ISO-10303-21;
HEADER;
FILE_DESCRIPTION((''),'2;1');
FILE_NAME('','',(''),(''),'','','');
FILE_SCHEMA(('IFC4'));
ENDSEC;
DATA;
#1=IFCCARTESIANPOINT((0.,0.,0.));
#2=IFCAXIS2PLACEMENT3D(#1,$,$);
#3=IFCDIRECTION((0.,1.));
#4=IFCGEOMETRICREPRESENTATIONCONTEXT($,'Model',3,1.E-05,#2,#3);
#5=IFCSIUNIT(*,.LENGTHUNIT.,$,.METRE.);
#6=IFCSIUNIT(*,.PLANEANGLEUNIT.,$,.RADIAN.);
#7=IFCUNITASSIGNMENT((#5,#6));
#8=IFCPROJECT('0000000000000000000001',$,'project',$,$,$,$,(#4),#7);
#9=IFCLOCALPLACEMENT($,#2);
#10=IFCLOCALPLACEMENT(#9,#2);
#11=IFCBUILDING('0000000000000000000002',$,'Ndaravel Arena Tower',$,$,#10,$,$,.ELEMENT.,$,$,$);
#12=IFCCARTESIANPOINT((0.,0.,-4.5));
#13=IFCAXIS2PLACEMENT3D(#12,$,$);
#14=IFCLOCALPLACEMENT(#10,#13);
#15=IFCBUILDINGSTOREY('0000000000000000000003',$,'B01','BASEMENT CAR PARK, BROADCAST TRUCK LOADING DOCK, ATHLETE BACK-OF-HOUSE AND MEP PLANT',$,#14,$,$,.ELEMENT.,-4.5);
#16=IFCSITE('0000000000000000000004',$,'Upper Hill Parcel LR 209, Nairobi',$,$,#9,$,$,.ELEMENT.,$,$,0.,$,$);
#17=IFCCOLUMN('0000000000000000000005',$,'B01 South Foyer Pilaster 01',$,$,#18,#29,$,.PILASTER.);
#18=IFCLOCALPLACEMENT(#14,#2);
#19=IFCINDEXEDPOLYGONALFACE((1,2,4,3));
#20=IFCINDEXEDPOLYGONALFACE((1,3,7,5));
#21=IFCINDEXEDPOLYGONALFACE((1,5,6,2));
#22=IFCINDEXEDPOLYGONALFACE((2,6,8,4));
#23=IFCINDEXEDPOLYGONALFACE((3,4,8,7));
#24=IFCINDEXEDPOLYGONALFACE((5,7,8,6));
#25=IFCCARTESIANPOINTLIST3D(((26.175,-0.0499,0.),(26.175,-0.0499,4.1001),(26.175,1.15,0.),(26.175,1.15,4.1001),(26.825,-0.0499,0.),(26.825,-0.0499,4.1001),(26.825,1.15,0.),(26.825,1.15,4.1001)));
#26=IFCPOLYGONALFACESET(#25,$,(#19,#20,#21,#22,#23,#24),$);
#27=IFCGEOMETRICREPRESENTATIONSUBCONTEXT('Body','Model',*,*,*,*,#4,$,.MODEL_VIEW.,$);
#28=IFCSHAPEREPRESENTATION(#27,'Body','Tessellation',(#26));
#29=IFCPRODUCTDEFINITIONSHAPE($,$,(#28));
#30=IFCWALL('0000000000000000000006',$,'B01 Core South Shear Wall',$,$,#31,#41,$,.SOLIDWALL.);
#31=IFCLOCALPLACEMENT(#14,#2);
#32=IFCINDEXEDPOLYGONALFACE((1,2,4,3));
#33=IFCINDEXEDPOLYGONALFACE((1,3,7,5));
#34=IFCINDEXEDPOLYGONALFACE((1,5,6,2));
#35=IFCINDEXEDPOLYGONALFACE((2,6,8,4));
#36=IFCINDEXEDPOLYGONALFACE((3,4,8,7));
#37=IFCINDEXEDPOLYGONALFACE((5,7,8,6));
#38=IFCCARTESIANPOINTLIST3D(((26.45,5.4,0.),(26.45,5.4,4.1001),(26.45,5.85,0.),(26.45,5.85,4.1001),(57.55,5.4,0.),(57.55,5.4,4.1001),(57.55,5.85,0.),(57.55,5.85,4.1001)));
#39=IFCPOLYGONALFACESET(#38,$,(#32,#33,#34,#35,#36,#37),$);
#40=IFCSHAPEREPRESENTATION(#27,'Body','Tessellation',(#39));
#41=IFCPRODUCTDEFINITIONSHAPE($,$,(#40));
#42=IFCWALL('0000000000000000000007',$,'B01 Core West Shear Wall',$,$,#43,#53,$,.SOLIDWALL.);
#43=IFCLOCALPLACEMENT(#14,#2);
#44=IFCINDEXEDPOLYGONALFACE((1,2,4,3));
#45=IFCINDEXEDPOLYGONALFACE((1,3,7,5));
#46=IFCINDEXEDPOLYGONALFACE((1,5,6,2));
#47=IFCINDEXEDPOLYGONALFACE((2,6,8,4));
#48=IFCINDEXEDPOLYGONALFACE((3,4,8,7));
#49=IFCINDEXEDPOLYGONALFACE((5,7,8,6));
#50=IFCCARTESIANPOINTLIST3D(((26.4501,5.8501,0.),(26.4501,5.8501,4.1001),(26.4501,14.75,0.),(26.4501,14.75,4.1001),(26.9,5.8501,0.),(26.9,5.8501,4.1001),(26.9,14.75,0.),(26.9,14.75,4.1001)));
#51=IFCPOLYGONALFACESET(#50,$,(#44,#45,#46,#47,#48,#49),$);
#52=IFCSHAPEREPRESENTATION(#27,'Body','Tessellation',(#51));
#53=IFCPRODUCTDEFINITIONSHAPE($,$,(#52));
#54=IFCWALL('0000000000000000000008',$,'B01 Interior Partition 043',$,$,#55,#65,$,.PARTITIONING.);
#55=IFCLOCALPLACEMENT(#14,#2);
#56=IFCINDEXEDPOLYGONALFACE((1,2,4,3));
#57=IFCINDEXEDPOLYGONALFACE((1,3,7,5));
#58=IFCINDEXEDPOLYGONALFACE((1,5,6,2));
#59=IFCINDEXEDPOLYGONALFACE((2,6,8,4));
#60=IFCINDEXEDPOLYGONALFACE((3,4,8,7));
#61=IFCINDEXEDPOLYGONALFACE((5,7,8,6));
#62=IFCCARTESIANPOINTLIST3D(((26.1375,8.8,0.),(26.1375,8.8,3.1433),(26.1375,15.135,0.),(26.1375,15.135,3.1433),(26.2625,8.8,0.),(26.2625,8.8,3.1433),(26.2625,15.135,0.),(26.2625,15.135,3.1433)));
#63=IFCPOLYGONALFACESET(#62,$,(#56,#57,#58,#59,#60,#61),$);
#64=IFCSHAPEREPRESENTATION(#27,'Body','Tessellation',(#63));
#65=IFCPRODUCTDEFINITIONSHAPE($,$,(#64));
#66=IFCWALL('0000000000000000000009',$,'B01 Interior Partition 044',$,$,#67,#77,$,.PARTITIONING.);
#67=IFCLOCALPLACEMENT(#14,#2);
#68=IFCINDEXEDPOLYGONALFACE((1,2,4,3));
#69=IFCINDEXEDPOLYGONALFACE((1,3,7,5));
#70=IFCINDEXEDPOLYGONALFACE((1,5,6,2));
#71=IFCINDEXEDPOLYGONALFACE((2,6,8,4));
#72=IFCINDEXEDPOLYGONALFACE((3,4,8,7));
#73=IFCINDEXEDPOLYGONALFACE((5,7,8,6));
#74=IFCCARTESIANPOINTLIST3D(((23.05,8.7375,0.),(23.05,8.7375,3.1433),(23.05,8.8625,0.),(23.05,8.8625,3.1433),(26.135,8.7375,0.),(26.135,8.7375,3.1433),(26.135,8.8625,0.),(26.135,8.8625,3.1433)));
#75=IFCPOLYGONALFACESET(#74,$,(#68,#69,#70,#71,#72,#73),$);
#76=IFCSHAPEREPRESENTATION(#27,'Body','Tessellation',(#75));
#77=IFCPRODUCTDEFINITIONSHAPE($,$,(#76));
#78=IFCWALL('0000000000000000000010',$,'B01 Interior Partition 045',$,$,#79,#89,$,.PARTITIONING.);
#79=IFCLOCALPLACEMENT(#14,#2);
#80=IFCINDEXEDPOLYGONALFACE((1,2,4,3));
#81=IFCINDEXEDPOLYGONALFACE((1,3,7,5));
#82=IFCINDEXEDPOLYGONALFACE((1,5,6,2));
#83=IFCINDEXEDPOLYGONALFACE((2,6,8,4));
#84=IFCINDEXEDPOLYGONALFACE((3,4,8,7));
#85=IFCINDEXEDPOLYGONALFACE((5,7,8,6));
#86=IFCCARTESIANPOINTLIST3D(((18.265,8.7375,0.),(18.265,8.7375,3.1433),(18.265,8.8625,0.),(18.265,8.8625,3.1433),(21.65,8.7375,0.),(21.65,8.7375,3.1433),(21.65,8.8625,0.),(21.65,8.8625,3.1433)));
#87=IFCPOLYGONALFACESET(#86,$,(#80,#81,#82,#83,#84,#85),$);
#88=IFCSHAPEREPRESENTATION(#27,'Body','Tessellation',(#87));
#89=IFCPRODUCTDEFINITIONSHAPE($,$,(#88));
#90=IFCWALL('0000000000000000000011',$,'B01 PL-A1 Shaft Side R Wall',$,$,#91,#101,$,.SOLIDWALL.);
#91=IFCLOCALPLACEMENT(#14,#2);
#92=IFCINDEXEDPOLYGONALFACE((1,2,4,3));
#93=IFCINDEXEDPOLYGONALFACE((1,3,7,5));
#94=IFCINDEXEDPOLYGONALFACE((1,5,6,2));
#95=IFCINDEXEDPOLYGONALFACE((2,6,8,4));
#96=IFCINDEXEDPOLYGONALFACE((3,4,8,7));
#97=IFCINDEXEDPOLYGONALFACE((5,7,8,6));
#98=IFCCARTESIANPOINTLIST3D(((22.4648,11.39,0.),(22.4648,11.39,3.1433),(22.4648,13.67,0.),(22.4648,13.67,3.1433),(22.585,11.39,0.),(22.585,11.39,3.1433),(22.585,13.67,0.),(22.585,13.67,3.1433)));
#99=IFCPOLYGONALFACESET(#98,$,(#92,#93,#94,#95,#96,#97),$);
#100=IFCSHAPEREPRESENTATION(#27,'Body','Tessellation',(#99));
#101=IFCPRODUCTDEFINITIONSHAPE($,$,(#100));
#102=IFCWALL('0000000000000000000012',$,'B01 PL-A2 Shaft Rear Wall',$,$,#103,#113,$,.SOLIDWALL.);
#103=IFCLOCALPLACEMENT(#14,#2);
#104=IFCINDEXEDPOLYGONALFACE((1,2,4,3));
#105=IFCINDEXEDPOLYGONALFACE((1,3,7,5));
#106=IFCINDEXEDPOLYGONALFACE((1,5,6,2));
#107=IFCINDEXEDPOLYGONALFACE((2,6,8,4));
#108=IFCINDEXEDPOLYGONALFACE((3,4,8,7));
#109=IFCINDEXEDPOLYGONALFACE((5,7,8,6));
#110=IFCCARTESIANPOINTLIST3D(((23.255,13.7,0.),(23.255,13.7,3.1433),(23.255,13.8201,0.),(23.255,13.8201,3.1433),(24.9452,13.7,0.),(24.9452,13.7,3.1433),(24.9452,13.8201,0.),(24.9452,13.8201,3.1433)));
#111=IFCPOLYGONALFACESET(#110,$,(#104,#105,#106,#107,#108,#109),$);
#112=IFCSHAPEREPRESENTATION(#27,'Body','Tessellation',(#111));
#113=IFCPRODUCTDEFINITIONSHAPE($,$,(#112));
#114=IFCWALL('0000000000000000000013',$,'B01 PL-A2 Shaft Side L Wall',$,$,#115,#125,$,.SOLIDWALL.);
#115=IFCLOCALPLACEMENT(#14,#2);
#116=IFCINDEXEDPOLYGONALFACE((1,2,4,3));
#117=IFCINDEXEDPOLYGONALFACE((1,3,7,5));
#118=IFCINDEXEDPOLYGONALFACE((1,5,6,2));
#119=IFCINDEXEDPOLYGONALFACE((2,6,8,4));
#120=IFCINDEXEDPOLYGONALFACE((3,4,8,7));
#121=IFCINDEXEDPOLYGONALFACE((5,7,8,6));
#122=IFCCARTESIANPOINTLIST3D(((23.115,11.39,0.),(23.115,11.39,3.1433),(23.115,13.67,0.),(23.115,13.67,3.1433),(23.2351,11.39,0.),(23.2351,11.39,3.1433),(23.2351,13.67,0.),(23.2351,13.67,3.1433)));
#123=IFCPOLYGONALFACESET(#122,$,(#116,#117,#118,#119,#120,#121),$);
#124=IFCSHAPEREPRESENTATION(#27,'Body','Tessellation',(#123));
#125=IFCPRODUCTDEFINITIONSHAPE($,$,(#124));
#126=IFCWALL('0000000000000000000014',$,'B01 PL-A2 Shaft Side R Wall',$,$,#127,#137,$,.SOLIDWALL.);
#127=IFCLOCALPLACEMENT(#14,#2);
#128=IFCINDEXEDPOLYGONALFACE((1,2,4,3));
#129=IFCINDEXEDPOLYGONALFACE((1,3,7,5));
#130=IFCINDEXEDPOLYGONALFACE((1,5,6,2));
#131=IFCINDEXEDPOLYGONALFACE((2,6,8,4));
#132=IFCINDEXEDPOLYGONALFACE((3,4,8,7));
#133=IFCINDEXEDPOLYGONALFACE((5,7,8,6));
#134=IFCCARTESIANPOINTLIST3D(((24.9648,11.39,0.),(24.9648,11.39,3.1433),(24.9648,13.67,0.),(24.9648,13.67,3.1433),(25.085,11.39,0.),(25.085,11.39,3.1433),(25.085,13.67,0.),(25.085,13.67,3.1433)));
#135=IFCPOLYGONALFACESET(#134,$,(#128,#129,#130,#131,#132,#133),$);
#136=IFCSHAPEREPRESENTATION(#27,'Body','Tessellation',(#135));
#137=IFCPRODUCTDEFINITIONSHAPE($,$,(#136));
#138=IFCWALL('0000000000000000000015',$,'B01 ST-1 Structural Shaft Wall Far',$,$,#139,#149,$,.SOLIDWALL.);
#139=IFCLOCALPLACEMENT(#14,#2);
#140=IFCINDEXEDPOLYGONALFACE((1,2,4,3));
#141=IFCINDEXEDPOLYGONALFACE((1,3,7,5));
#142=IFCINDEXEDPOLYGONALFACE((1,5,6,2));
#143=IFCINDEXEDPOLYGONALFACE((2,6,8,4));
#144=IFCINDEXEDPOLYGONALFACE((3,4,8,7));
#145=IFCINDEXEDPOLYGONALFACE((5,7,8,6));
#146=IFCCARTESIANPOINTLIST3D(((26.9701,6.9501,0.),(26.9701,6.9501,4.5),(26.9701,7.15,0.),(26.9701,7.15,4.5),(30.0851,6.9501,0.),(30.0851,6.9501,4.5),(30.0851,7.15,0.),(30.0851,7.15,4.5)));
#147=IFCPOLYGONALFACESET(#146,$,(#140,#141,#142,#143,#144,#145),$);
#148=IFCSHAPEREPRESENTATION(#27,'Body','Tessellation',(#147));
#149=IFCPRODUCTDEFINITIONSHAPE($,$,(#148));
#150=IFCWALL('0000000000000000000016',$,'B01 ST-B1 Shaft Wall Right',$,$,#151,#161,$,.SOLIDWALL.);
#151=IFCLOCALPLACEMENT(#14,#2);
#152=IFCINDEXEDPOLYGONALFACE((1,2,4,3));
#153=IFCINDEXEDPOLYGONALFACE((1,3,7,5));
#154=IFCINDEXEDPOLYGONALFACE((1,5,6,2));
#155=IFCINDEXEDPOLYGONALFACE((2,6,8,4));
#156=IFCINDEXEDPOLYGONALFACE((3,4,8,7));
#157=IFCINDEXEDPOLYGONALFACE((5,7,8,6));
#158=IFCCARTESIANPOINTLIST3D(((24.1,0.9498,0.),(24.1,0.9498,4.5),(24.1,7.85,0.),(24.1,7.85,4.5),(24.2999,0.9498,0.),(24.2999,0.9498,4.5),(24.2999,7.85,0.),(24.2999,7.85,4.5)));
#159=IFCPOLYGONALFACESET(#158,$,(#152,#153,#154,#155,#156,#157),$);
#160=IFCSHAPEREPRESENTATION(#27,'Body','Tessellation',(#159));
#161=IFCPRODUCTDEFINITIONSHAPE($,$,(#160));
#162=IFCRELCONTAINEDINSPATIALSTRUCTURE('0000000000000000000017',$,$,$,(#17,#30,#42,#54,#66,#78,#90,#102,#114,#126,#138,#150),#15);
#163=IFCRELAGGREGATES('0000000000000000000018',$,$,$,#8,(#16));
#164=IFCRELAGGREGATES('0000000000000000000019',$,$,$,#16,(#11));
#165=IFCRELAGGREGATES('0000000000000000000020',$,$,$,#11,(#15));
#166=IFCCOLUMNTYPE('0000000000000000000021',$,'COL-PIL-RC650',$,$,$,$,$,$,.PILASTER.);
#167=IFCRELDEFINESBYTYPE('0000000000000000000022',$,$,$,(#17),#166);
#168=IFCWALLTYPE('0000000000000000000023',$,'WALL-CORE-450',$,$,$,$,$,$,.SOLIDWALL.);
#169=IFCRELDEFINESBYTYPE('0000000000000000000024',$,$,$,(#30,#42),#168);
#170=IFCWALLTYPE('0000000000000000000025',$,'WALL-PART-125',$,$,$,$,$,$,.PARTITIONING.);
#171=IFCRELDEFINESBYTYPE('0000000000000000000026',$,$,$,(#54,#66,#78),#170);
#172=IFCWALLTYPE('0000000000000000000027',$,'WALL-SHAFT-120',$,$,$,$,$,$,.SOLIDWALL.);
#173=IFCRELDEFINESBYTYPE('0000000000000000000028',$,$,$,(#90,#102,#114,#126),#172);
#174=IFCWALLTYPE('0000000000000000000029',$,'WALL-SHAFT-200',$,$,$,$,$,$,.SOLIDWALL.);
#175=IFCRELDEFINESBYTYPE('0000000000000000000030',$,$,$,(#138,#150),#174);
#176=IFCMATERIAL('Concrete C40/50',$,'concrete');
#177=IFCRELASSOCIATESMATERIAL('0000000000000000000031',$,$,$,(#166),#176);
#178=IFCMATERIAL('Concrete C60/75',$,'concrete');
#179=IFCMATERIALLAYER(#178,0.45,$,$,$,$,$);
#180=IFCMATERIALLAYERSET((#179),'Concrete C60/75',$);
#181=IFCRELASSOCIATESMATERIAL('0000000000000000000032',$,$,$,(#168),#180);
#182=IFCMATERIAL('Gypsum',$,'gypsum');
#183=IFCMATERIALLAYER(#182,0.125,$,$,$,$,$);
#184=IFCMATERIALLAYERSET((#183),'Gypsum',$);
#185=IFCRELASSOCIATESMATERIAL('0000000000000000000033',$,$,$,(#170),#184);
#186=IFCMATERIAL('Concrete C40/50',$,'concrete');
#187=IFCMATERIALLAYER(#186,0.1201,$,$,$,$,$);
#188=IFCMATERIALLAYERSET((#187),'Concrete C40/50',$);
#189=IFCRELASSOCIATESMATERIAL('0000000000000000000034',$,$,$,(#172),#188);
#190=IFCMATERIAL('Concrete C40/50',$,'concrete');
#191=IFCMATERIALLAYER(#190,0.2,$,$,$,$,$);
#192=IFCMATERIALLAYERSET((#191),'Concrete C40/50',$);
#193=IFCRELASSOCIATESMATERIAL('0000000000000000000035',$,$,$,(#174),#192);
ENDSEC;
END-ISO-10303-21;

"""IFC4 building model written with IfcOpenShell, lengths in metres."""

from ifc_helpers import new_model, si_unit, direction, frame, frame_2d, origin, origin_2d, place, context, subcontext, project, spatial, rectangle, extrude, material, layer, layer_set, material_profile, profile_set, type_object, element, save


model = new_model("IFC4")

# Units and contexts
model_context = context("Model", 3, precision=1e-05, world=origin(), true_north=direction((0.0, 1.0)))
body_context = subcontext(model_context, "Body", "Model", "MODEL_VIEW")
ifc_project = project(units=[si_unit("LENGTHUNIT", "METRE"), si_unit("PLANEANGLEUNIT", "RADIAN")], contexts=[model_context])

# Site, building, storey
site_placement = place(None, origin())
site = spatial("IfcSite", under=ifc_project, at=site_placement, Name="Upper Hill Parcel LR 209, Nairobi", CompositionType="ELEMENT", RefElevation=0.0)
building_placement = place(site_placement, origin())
building = spatial("IfcBuilding", under=site, at=building_placement, Name="Ndaravel Arena Tower", CompositionType="ELEMENT")
storey_placement = place(building_placement, frame((0.0, 0.0, -4.5)))
storey = spatial("IfcBuildingStorey", under=building, at=storey_placement, Name="B01", Description="BASEMENT CAR PARK, BROADCAST TRUCK LOADING DOCK, ATHLETE BACK-OF-HOUSE AND MEP PLANT", CompositionType="ELEMENT", Elevation=-4.5)

# Column
ifc_material_1 = material(Name="Concrete C40/50", Category="concrete")
ifc_material_profile = material_profile(ifc_material_1, rectangle(XDim=0.6499, YDim=1.2, at=origin_2d()), Name="RC 650x1200")
ifc_profile_set = profile_set([ifc_material_profile], Name="Concrete C40/50")
column_type = type_object("IfcColumnType", Name="COL-PIL-RC650", PredefinedType="PILASTER", material=ifc_profile_set)
column_placement = place(storey_placement, frame((26.5, 0.55, 0.0), z_axis=(0.0, 0.0, 1.0), x_axis=(1.0, 0.0, 0.0)))
element("IfcColumn", 1, at=column_placement, inside=storey, type_object=column_type, Name="B01 South Foyer Pilaster 01", PredefinedType="PILASTER", context=body_context, shape_type="SweptSolid", body=[
    extrude(rectangle(XDim=0.6499, YDim=1.2, at=origin_2d()), origin(), (0.0, 0.0, 1.0), 4.1001),
])

# Shared definitions
ifc_material_2 = material(Name="Concrete C60/75", Category="concrete")
ifc_layer_1 = layer(ifc_material_2, 0.45)
ifc_layer_set_1 = layer_set([ifc_layer_1], Name="Concrete C60/75")
wall_type_1 = type_object("IfcWallType", Name="WALL-CORE-450", PredefinedType="SOLIDWALL", material=ifc_layer_set_1)

# Walls
wall_1_placement = place(storey_placement, frame((26.45, 5.625, 0.0), z_axis=(0.0, 0.0, 1.0), x_axis=(1.0, 0.0, 0.0)))
element("IfcWall", 2, at=wall_1_placement, inside=storey, type_object=wall_type_1, Name="B01 Core South Shear Wall", PredefinedType="SOLIDWALL", context=body_context, shape_type="SweptSolid", body=[
    extrude(rectangle(XDim=31.1001, YDim=0.45, at=frame_2d((15.55, 0.0))), origin(), (0.0, 0.0, 1.0), 4.1001),
])
wall_2_placement = place(storey_placement, frame((26.675, 5.8501, 0.0), z_axis=(0.0, 0.0, 1.0), x_axis=(0.0, 1.0, 0.0)))
element("IfcWall", 3, at=wall_2_placement, inside=storey, type_object=wall_type_1, Name="B01 Core West Shear Wall", PredefinedType="SOLIDWALL", context=body_context, shape_type="SweptSolid", body=[
    extrude(rectangle(XDim=8.8999, YDim=0.45, at=frame_2d((4.45, 0.0))), origin(), (0.0, 0.0, 1.0), 4.1001),
])
ifc_material_3 = material(Name="Gypsum", Category="gypsum")
ifc_layer_2 = layer(ifc_material_3, 0.125)
ifc_layer_set_2 = layer_set([ifc_layer_2], Name="Gypsum")
wall_type_2 = type_object("IfcWallType", Name="WALL-PART-125", PredefinedType="PARTITIONING", material=ifc_layer_set_2)
wall_3_placement = place(storey_placement, frame((26.2, 15.135, 0.0), z_axis=(0.0, 0.0, 1.0), x_axis=(0.0, -1.0, 0.0)))
element("IfcWall", 4, at=wall_3_placement, inside=storey, type_object=wall_type_2, Name="B01 Interior Partition 043", PredefinedType="PARTITIONING", context=body_context, shape_type="SweptSolid", body=[
    extrude(rectangle(XDim=6.335, YDim=0.125, at=frame_2d((3.1675, 0.0))), origin(), (0.0, 0.0, 1.0), 3.1433),
])
wall_4_placement = place(storey_placement, frame((26.135, 8.8, 0.0), z_axis=(0.0, 0.0, 1.0), x_axis=(-1.0, 0.0, 0.0)))
element("IfcWall", 5, at=wall_4_placement, inside=storey, type_object=wall_type_2, Name="B01 Interior Partition 044", PredefinedType="PARTITIONING", context=body_context, shape_type="SweptSolid", body=[
    extrude(rectangle(XDim=3.085, YDim=0.125, at=frame_2d((1.5425, 0.0))), origin(), (0.0, 0.0, 1.0), 3.1433),
])
wall_5_placement = place(storey_placement, frame((21.6499, 8.8, 0.0), z_axis=(0.0, 0.0, 1.0), x_axis=(-1.0, 0.0, 0.0)))
element("IfcWall", 6, at=wall_5_placement, inside=storey, type_object=wall_type_2, Name="B01 Interior Partition 045", PredefinedType="PARTITIONING", context=body_context, shape_type="SweptSolid", body=[
    extrude(rectangle(XDim=3.385, YDim=0.125, at=frame_2d((1.6924, 0.0))), origin(), (0.0, 0.0, 1.0), 3.1433),
])
ifc_material_4 = material(Name="Concrete C40/50", Category="concrete")
ifc_layer_3 = layer(ifc_material_4, 0.1201)
ifc_layer_set_3 = layer_set([ifc_layer_3], Name="Concrete C40/50")
wall_type_3 = type_object("IfcWallType", Name="WALL-SHAFT-120", PredefinedType="SOLIDWALL", material=ifc_layer_set_3)
wall_6_placement = place(storey_placement, frame((22.5249, 11.3899, 0.0), z_axis=(0.0, 0.0, 1.0), x_axis=(0.0, 1.0, 0.0)))
element("IfcWall", 7, at=wall_6_placement, inside=storey, type_object=wall_type_3, Name="B01 PL-A1 Shaft Side R Wall", PredefinedType="SOLIDWALL", context=body_context, shape_type="SweptSolid", body=[
    extrude(rectangle(XDim=2.28, YDim=0.1201, at=frame_2d((1.1401, 0.0))), origin(), (0.0, 0.0, 1.0), 3.1433),
])
wall_7_placement = place(storey_placement, frame((23.2549, 13.76, 0.0), z_axis=(0.0, 0.0, 1.0), x_axis=(1.0, 0.0, 0.0)))
element("IfcWall", 8, at=wall_7_placement, inside=storey, type_object=wall_type_3, Name="B01 PL-A2 Shaft Rear Wall", PredefinedType="SOLIDWALL", context=body_context, shape_type="SweptSolid", body=[
    extrude(rectangle(XDim=1.6902, YDim=0.1201, at=frame_2d((0.8452, 0.0))), origin(), (0.0, 0.0, 1.0), 3.1433),
])
for number, where, z_axis, x_axis, name in (
    (9, (23.175, 11.3899, 0.0), (0.0, 0.0, 1.0), (0.0, 1.0, 0.0), "B01 PL-A2 Shaft Side L Wall"),
    (10, (25.0249, 11.3899, 0.0), (0.0, 0.0, 1.0), (0.0, 1.0, 0.0), "B01 PL-A2 Shaft Side R Wall"),
):
    element("IfcWall", number, at=place(storey_placement, frame(where, z_axis=z_axis, x_axis=x_axis)), inside=storey, type_object=wall_type_3, Name=name, PredefinedType="SOLIDWALL", context=body_context, shape_type="SweptSolid", body=[
        extrude(rectangle(XDim=2.28, YDim=0.1201, at=frame_2d((1.1401, 0.0))), origin(), (0.0, 0.0, 1.0), 3.1433),
    ])
ifc_material_5 = material(Name="Concrete C40/50", Category="concrete")
ifc_layer_4 = layer(ifc_material_5, 0.2)
ifc_layer_set_4 = layer_set([ifc_layer_4], Name="Concrete C40/50")
wall_type_4 = type_object("IfcWallType", Name="WALL-SHAFT-200", PredefinedType="SOLIDWALL", material=ifc_layer_set_4)
wall_8_placement = place(storey_placement, frame((26.97, 7.05, 0.0), z_axis=(0.0, 0.0, 1.0), x_axis=(1.0, 0.0, 0.0)))
element("IfcWall", 11, at=wall_8_placement, inside=storey, type_object=wall_type_4, Name="B01 ST-1 Structural Shaft Wall Far", PredefinedType="SOLIDWALL", context=body_context, shape_type="SweptSolid", body=[
    extrude(rectangle(XDim=3.115, YDim=0.2, at=frame_2d((1.5576, 0.0))), origin(), (0.0, 0.0, 1.0), 4.5),
])
wall_9_placement = place(storey_placement, frame((24.2, 7.8501, 0.0), z_axis=(0.0, 0.0, 1.0), x_axis=(0.0, -1.0, 0.0)))
element("IfcWall", 12, at=wall_9_placement, inside=storey, type_object=wall_type_4, Name="B01 ST-B1 Shaft Wall Right", PredefinedType="SOLIDWALL", context=body_context, shape_type="SweptSolid", body=[
    extrude(rectangle(XDim=6.9001, YDim=0.2, at=frame_2d((3.4502, 0.0))), origin(), (0.0, 0.0, 1.0), 4.5),
])

save(model, "model.ifc")
